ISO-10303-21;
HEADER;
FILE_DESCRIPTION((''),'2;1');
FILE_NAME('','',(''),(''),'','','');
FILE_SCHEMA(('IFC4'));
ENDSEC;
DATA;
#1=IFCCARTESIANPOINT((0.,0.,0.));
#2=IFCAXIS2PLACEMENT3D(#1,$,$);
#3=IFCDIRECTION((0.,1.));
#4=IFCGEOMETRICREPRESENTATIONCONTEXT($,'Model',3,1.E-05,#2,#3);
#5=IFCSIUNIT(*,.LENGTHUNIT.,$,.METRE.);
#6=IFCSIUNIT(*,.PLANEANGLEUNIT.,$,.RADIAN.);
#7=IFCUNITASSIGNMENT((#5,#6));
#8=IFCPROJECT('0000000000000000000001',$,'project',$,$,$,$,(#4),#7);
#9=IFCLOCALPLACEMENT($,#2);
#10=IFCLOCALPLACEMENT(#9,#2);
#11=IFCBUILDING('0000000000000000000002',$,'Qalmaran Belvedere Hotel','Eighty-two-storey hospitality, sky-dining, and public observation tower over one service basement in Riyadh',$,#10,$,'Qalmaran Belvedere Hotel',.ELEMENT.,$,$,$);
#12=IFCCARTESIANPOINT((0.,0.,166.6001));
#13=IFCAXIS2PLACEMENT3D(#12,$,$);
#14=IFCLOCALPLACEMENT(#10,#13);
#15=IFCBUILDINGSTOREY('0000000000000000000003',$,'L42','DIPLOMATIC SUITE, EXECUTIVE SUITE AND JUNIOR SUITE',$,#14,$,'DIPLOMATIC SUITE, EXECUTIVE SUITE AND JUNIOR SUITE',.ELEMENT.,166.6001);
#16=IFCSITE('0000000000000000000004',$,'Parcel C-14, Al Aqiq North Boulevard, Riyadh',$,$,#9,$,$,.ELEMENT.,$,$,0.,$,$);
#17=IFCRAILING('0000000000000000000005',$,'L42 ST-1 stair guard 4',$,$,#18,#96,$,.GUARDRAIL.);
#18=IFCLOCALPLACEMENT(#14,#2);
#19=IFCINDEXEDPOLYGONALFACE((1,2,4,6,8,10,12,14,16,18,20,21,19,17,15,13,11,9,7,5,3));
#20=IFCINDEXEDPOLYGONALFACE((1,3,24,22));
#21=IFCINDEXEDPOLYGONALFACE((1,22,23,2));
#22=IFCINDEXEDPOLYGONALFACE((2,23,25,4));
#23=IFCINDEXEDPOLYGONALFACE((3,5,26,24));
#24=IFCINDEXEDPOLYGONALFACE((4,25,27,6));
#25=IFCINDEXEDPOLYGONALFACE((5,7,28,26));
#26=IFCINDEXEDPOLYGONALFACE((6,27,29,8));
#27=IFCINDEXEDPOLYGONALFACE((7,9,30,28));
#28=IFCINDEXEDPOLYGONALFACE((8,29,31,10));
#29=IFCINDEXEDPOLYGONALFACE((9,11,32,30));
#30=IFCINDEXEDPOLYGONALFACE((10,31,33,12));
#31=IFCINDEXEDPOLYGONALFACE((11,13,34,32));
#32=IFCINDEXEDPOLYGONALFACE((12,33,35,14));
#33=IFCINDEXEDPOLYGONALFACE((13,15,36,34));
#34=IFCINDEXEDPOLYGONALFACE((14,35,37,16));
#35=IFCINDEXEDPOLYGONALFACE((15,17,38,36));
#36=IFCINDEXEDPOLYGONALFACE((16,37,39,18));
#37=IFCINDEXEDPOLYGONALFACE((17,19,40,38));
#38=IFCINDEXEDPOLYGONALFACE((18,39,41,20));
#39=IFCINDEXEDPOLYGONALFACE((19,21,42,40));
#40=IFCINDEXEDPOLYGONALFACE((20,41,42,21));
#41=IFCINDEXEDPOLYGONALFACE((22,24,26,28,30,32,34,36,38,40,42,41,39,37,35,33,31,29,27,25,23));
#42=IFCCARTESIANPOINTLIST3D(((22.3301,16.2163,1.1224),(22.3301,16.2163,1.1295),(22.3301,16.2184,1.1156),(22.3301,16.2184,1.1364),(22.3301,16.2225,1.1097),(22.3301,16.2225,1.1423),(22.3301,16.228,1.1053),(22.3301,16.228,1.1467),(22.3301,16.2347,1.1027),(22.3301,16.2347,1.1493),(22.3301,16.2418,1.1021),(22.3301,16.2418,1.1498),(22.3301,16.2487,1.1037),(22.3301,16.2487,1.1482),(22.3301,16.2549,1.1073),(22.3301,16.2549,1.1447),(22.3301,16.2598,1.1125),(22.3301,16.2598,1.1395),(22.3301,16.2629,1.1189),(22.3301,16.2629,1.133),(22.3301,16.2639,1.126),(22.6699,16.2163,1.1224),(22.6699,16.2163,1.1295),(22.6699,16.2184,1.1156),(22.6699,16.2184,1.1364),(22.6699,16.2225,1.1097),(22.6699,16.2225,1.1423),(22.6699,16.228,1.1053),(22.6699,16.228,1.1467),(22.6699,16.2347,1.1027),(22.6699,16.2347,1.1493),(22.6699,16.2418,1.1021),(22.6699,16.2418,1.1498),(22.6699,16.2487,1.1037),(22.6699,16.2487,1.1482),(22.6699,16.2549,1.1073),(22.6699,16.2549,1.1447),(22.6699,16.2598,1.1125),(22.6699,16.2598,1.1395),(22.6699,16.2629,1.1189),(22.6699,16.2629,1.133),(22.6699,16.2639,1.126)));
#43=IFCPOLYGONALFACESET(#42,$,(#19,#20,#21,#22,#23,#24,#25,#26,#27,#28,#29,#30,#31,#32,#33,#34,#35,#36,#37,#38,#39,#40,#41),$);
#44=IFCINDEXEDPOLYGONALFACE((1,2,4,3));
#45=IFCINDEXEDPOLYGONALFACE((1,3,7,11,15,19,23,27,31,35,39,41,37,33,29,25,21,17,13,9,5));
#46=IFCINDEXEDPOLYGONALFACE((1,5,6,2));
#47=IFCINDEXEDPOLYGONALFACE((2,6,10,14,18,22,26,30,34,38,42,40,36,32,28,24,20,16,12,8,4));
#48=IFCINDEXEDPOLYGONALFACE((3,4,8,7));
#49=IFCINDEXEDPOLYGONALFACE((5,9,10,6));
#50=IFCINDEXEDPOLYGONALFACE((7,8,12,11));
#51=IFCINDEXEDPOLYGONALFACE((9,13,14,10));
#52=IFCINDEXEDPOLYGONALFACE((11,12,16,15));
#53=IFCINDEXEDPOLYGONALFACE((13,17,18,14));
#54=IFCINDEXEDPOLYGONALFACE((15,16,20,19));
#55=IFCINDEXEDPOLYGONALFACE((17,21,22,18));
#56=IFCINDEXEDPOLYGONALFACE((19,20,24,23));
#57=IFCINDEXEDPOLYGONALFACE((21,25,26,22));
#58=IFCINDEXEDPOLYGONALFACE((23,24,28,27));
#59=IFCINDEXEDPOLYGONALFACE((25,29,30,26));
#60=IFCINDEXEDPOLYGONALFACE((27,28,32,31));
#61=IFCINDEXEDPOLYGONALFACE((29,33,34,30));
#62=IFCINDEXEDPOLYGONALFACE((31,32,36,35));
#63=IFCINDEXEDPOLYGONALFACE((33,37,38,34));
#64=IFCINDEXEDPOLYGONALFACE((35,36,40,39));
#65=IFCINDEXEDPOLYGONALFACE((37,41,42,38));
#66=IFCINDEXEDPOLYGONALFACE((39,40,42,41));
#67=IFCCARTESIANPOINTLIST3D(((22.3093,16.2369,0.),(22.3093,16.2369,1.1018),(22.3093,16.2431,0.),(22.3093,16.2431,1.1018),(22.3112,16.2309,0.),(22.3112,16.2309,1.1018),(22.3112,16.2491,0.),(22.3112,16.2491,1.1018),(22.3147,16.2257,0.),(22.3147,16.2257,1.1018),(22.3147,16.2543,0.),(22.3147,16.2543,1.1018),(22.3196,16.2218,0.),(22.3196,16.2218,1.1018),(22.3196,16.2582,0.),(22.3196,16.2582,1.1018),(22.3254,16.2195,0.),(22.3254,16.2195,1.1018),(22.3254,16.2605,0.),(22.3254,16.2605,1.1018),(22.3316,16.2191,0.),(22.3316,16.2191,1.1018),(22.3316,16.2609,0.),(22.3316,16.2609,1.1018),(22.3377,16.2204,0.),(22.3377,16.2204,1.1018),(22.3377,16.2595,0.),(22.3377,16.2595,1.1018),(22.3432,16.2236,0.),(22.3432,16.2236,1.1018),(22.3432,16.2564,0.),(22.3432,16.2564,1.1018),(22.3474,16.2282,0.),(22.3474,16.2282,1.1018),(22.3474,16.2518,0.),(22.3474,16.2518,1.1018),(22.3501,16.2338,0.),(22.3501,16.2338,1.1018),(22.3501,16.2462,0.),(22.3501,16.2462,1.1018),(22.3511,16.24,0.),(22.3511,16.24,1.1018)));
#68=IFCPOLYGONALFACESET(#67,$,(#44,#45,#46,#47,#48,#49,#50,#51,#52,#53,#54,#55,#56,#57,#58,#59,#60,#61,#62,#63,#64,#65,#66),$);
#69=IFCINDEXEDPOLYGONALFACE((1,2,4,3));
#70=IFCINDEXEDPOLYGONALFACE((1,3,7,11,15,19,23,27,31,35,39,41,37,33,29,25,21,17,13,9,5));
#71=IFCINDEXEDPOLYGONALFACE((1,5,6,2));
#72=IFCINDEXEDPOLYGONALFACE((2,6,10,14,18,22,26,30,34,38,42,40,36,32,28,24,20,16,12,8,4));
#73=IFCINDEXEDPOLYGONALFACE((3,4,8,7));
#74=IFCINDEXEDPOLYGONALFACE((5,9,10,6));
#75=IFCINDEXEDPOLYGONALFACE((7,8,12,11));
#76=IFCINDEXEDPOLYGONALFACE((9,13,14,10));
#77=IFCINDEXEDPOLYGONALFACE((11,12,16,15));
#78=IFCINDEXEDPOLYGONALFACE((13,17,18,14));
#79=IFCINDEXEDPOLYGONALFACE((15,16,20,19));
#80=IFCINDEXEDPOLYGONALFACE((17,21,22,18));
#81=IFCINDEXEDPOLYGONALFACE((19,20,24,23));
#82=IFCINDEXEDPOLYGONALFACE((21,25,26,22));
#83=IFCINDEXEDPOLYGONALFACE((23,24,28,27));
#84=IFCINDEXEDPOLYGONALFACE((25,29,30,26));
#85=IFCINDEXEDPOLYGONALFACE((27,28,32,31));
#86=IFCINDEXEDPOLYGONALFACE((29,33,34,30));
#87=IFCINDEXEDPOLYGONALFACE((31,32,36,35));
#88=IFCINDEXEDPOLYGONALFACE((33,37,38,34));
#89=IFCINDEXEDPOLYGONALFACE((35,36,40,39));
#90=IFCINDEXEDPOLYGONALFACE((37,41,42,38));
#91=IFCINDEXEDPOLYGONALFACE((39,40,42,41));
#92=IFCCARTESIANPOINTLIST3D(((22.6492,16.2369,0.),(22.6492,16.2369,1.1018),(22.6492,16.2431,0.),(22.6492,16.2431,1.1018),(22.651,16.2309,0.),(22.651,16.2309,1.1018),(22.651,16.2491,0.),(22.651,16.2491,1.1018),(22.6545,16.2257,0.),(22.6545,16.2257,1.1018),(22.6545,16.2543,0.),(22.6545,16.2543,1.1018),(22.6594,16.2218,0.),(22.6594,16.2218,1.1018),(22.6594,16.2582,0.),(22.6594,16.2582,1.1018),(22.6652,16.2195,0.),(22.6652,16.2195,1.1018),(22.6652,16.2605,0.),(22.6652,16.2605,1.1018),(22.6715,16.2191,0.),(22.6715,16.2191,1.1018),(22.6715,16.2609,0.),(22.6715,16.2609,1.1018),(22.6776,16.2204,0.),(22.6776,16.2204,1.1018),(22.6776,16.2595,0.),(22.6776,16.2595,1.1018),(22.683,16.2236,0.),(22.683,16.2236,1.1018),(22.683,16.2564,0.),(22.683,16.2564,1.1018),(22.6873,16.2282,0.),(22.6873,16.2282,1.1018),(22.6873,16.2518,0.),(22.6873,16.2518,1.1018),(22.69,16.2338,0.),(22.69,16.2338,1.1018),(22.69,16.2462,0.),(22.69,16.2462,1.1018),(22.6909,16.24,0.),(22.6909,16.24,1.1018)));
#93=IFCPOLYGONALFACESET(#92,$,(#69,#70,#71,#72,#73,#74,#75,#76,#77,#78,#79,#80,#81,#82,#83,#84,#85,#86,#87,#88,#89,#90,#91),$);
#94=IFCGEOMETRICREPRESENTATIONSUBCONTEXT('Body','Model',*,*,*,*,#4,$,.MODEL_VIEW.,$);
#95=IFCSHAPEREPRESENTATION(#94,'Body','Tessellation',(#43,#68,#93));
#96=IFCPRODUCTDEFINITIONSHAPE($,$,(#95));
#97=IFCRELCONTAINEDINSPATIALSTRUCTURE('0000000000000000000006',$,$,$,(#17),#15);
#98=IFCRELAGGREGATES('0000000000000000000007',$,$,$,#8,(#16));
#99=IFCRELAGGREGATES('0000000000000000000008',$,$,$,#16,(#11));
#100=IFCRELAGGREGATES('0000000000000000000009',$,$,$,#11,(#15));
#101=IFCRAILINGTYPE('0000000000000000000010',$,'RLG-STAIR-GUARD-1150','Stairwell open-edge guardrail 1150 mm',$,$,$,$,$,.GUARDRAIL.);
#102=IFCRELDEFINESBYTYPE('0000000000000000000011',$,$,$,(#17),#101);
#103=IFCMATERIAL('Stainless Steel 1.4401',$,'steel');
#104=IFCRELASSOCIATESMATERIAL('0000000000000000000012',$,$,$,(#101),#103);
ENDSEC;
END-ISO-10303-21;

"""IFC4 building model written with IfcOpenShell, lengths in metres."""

from ifc_helpers import new_model, si_unit, direction, frame, origin, origin_2d, place, context, subcontext, project, spatial, circle, extrude, material, type_object, element, save


model = new_model("IFC4")

# Units and contexts
model_context = context("Model", 3, precision=1e-05, world=origin(), true_north=direction((0.0, 1.0)))
body_context = subcontext(model_context, "Body", "Model", "MODEL_VIEW")
ifc_project = project(units=[si_unit("LENGTHUNIT", "METRE"), si_unit("PLANEANGLEUNIT", "RADIAN")], contexts=[model_context])

# Site, building, storey
site_placement = place(None, origin())
site = spatial("IfcSite", under=ifc_project, at=site_placement, Name="Parcel C-14, Al Aqiq North Boulevard, Riyadh", CompositionType="ELEMENT", RefElevation=0.0)
building_placement = place(site_placement, origin())
building = spatial("IfcBuilding", under=site, at=building_placement, Name="Qalmaran Belvedere Hotel", Description="Eighty-two-storey hospitality, sky-dining, and public observation tower over one service basement in Riyadh", LongName="Qalmaran Belvedere Hotel", CompositionType="ELEMENT")
storey_placement = place(building_placement, frame((0.0, 0.0, 166.6001)))
storey = spatial("IfcBuildingStorey", under=building, at=storey_placement, Name="L42", Description="DIPLOMATIC SUITE, EXECUTIVE SUITE AND JUNIOR SUITE", LongName="DIPLOMATIC SUITE, EXECUTIVE SUITE AND JUNIOR SUITE", CompositionType="ELEMENT", Elevation=166.6001)

# Shared definitions
ifc_material_1 = material(Name="Stainless Steel 1.4401", Category="steel")

# Railing
railing_type_1 = type_object("IfcRailingType", Name="RLG-STAIR-GUARD-1150", Description="Stairwell open-edge guardrail 1150 mm", PredefinedType="GUARDRAIL", material=ifc_material_1)
railing_1_placement = place(storey_placement, frame((22.3301, 16.24, 0.0)))
element("IfcRailing", 1, at=railing_1_placement, inside=storey, type_object=railing_type_1, Name="L42 ST-1 stair guard 4", PredefinedType="GUARDRAIL", context=body_context, shape_type="SweptSolid", body=[
    extrude(circle(Radius=0.0239, at=origin_2d()), frame((0.0, 0.0, 1.126), z_axis=(1.0, 0.0, 0.0), x_axis=(0.0, 1.0, 0.0)), (0.0, 0.0, 1.0), 0.3398),
    extrude(circle(Radius=0.021, at=origin_2d()), origin(), (0.0, 0.0, 1.0), 1.1018),
    extrude(circle(Radius=0.021, at=origin_2d()), frame((0.3398, 0.0, 0.0)), (0.0, 0.0, 1.0), 1.1018),
])

save(model, "model.ifc")
